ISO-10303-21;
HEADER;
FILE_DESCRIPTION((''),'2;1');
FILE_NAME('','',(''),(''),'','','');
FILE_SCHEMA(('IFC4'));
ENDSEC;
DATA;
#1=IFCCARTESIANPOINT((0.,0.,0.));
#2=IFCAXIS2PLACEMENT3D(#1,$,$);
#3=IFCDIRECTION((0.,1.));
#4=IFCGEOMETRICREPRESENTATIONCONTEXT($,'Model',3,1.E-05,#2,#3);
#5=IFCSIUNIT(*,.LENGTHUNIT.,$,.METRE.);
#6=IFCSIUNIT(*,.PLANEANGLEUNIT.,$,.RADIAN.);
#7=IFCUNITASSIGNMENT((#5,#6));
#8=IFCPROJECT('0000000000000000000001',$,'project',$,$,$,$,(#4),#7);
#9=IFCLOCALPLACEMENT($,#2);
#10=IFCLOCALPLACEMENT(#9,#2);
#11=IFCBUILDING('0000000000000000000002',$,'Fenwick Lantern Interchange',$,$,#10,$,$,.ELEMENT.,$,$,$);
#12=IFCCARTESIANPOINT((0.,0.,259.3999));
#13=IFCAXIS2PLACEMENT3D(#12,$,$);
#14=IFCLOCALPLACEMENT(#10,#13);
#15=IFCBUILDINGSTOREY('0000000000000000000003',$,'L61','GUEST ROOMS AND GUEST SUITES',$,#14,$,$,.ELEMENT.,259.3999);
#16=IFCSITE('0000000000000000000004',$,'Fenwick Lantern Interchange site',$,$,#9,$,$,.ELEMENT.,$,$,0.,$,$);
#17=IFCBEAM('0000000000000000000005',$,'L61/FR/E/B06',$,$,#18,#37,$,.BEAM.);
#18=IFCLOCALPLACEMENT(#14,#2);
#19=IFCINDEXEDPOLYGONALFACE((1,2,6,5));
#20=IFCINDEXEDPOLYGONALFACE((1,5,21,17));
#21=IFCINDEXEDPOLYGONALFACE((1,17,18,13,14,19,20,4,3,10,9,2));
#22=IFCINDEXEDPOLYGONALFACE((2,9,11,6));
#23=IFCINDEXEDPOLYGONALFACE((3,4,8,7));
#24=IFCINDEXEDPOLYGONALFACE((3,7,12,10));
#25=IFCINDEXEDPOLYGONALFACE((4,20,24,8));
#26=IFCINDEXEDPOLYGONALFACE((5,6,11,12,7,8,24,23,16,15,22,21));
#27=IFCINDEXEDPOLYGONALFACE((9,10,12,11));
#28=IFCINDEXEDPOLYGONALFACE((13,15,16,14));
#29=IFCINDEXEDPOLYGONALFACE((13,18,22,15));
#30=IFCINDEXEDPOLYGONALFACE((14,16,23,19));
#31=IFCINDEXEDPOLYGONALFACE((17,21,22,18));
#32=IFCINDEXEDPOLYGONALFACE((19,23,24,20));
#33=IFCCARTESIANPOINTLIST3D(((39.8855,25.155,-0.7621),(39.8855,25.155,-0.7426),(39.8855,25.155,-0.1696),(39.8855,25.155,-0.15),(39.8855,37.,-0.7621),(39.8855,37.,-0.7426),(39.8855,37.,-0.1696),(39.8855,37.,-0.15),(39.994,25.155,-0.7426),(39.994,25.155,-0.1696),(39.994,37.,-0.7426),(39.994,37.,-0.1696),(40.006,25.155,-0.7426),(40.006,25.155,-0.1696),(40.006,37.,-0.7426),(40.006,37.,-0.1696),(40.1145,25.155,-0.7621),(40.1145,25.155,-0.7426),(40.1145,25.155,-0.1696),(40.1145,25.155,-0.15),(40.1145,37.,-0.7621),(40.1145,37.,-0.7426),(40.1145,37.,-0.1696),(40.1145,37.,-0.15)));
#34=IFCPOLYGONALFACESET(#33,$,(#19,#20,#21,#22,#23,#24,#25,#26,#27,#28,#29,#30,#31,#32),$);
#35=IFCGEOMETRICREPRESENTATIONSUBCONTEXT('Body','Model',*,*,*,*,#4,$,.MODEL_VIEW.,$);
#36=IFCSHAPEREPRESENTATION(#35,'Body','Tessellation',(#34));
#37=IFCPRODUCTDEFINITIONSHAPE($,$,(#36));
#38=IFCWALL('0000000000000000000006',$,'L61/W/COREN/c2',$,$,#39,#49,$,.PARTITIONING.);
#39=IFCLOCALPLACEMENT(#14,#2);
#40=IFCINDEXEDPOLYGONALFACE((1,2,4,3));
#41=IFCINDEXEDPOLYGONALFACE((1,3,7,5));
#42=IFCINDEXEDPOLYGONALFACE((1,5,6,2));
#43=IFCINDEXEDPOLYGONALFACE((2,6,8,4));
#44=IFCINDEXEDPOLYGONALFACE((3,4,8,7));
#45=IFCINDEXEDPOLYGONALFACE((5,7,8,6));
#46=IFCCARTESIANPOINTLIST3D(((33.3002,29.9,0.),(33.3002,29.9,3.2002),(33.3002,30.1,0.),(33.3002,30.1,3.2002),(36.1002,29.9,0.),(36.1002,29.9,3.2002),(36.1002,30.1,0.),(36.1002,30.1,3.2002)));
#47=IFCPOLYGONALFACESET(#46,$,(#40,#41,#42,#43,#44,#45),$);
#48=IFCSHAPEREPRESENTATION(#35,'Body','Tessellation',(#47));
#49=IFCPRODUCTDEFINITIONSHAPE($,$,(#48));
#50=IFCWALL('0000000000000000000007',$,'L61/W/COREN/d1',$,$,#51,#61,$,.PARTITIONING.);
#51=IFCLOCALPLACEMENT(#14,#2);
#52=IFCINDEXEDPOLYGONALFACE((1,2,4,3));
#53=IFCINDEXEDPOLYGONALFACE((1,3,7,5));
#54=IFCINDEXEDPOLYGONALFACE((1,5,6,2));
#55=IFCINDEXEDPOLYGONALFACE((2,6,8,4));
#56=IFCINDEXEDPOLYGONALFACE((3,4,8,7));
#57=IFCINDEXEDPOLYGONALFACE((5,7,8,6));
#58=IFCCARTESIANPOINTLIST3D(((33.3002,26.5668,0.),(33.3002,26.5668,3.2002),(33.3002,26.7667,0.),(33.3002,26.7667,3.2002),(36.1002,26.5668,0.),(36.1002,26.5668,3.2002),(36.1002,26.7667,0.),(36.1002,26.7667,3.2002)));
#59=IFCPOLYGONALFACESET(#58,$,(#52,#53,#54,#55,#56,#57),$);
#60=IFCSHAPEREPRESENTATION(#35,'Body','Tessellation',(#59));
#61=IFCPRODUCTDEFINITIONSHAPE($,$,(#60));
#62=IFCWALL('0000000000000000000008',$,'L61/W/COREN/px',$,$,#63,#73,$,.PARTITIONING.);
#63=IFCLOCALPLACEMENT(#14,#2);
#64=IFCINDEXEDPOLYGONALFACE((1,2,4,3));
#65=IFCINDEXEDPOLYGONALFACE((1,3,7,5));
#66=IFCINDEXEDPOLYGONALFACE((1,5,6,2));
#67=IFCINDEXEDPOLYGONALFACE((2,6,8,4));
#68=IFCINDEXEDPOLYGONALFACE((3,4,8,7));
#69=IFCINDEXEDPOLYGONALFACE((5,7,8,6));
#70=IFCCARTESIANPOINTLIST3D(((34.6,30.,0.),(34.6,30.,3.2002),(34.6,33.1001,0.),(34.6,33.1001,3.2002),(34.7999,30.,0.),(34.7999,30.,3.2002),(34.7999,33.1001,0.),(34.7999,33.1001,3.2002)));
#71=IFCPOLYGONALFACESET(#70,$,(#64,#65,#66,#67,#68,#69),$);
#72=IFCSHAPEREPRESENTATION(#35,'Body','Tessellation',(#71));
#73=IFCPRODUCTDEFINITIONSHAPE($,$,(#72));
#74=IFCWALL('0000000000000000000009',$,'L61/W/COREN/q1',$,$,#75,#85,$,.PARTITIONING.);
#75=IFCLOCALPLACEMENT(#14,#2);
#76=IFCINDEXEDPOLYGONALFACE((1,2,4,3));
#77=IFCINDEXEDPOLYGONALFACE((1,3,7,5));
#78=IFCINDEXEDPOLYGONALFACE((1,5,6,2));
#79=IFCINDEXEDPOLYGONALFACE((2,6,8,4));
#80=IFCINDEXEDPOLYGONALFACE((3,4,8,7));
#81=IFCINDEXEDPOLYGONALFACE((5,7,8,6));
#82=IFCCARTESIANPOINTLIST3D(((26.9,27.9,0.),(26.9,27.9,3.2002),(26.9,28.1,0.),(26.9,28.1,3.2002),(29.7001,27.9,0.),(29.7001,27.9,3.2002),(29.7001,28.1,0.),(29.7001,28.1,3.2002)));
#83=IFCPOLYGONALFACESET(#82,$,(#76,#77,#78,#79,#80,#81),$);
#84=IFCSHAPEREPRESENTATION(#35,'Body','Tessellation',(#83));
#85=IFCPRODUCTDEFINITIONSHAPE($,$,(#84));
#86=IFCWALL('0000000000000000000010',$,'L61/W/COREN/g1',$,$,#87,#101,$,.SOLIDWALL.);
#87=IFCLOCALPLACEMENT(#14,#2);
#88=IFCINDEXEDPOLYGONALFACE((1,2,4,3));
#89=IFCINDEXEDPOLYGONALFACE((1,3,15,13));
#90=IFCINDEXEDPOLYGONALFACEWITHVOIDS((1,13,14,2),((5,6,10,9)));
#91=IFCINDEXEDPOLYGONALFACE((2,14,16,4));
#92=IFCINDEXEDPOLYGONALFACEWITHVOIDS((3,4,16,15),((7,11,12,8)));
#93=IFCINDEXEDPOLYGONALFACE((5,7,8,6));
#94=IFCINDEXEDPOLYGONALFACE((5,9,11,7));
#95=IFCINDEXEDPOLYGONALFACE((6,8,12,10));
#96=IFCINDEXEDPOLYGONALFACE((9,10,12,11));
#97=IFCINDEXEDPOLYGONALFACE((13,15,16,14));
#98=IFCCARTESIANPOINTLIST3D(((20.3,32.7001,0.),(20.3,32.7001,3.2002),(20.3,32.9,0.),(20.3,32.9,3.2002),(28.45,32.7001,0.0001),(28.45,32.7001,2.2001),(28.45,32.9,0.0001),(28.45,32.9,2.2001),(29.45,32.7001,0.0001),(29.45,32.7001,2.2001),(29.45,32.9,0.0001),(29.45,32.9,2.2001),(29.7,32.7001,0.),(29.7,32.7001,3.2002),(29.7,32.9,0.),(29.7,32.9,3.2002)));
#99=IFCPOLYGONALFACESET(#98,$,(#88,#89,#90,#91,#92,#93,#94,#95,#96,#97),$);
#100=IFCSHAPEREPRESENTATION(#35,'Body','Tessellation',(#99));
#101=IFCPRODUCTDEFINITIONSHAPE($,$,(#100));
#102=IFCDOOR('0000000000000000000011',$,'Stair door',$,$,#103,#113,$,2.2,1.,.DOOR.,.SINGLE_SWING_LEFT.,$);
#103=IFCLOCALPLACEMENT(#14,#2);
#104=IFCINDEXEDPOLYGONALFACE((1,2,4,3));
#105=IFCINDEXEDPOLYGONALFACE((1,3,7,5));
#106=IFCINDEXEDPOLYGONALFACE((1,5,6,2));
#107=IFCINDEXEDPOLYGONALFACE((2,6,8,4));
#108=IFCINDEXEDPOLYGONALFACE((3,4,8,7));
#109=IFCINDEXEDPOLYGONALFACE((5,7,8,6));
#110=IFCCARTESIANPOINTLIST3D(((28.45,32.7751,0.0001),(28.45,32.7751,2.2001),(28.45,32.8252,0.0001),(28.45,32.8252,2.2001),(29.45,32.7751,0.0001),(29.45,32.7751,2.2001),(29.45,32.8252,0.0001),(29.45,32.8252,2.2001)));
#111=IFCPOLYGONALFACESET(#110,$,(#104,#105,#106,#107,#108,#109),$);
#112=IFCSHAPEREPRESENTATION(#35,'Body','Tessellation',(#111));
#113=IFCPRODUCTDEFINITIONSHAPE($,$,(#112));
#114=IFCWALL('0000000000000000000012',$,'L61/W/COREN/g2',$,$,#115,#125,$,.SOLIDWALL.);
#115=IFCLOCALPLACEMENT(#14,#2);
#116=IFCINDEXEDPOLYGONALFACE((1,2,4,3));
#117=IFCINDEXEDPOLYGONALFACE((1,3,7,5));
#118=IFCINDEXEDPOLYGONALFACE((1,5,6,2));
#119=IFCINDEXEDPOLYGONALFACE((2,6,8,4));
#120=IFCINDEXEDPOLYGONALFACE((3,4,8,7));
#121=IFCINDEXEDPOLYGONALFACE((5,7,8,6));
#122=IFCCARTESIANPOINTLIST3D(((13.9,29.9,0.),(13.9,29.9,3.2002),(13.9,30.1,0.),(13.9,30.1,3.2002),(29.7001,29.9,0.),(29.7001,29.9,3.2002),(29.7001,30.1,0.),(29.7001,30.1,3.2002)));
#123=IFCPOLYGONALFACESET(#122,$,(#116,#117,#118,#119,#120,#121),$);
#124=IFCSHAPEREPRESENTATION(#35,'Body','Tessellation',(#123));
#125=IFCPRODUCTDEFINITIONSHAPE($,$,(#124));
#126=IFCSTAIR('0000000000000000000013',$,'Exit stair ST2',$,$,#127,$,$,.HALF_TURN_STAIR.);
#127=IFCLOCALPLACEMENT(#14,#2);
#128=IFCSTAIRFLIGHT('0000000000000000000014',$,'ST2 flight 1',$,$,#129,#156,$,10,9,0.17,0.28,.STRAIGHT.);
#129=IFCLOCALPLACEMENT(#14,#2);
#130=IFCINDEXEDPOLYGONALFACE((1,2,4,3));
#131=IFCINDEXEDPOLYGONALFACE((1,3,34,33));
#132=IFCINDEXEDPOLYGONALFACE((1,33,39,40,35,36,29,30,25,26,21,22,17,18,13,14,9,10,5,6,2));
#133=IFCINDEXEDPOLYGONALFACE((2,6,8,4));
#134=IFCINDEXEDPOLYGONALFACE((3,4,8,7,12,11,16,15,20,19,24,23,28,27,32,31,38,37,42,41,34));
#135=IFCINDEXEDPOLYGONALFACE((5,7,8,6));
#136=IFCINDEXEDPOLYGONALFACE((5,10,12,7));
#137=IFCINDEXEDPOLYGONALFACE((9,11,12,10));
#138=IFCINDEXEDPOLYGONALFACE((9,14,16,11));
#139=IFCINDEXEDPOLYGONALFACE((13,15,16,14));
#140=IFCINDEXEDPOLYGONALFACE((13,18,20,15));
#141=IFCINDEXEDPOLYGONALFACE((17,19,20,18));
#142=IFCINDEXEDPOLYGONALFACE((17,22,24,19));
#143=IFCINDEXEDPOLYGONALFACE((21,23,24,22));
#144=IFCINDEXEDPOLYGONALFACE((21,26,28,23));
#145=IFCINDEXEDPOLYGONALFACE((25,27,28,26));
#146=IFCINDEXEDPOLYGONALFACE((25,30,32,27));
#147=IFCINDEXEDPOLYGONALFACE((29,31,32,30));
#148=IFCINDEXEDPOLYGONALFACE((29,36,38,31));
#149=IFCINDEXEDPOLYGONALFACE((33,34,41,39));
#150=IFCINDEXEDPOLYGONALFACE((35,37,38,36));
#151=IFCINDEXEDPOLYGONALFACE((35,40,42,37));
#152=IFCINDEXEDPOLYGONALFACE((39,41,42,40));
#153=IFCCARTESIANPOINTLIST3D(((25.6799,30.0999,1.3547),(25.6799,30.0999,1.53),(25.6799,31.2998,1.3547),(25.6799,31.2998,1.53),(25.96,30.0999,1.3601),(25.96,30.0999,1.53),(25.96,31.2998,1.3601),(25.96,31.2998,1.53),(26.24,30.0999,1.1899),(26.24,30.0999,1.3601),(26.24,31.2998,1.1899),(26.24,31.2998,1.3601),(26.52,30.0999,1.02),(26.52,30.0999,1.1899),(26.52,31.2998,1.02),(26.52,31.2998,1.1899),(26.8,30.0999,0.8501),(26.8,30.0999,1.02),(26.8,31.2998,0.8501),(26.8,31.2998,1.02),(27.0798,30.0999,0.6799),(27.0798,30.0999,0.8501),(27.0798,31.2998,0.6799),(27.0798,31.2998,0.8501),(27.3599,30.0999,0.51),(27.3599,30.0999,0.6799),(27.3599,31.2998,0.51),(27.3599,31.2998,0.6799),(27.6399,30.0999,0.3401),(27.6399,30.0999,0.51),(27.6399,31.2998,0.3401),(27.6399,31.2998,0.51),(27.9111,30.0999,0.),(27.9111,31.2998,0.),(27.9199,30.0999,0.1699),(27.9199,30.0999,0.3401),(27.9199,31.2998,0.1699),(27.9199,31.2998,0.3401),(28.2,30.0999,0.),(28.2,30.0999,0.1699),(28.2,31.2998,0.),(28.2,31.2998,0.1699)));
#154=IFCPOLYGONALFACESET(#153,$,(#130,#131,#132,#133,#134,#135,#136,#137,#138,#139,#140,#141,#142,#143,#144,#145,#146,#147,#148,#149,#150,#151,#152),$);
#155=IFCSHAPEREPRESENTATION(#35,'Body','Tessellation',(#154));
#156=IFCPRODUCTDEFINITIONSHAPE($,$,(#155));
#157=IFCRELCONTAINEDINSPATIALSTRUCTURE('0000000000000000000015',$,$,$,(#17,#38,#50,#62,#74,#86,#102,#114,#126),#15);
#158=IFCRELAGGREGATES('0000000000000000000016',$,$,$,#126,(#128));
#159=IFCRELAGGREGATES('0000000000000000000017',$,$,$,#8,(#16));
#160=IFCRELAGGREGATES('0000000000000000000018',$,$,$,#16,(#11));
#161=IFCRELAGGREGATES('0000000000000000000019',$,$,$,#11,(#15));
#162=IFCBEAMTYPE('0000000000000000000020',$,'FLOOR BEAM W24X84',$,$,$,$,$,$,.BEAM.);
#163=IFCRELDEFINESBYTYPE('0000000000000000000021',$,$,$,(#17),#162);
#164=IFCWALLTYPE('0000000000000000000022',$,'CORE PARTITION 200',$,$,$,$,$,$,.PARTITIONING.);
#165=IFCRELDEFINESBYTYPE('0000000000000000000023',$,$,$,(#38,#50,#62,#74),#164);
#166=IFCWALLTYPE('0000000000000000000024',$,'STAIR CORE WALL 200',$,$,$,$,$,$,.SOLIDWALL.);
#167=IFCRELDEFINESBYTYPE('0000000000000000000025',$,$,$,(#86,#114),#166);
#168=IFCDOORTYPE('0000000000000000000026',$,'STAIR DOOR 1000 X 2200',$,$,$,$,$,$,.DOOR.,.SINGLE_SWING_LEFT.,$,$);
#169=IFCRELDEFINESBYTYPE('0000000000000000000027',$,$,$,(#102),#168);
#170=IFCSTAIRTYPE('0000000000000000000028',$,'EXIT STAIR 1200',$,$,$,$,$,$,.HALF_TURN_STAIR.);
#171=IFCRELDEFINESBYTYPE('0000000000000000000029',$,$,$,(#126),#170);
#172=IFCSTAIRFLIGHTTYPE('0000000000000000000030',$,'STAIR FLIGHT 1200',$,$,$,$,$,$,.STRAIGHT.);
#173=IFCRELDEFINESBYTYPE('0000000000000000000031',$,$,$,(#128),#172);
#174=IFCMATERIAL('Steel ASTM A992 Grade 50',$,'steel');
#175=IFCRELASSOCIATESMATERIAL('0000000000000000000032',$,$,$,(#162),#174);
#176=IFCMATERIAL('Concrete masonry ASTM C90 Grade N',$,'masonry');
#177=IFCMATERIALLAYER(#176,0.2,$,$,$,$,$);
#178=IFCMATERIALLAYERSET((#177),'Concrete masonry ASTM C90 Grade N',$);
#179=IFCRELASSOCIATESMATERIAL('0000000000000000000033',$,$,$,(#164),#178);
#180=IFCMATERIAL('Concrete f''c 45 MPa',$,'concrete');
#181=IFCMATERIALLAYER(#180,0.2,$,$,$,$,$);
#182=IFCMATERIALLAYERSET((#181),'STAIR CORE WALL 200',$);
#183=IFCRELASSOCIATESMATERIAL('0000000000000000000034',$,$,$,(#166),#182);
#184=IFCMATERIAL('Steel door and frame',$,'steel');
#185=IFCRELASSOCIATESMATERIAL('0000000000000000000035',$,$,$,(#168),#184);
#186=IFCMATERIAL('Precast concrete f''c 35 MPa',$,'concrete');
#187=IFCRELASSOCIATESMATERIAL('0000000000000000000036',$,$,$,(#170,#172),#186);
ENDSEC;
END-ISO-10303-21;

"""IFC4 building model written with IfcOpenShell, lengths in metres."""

from ifc_helpers import new_model, si_unit, direction, frame, frame_2d, origin, origin_2d, place, context, subcontext, project, spatial, polyline, rectangle, i_section, outline, extrude, material, layer, layer_set, material_profile, profile_set, type_object, element, fill, aggregate, save


model = new_model("IFC4")

# Units and contexts
model_context = context("Model", 3, precision=1e-05, world=origin(), true_north=direction((0.0, 1.0)))
body_context = subcontext(model_context, "Body", "Model", "MODEL_VIEW")
ifc_project = project(units=[si_unit("LENGTHUNIT", "METRE"), si_unit("PLANEANGLEUNIT", "RADIAN")], contexts=[model_context])

# Site, building, storey
site_placement = place(None, origin())
site = spatial("IfcSite", under=ifc_project, at=site_placement, Name="Fenwick Lantern Interchange site", CompositionType="ELEMENT", RefElevation=0.0)
building_placement = place(site_placement, origin())
building = spatial("IfcBuilding", under=site, at=building_placement, Name="Fenwick Lantern Interchange", CompositionType="ELEMENT")
storey_placement = place(building_placement, frame((0.0, 0.0, 259.3999)))
storey = spatial("IfcBuildingStorey", under=building, at=storey_placement, Name="L61", Description="GUEST ROOMS AND GUEST SUITES", CompositionType="ELEMENT", Elevation=259.3999)

# Beam
ifc_material_1 = material(Name="Steel ASTM A992 Grade 50", Category="steel")
ifc_material_profile = material_profile(ifc_material_1, i_section(OverallWidth=0.229, OverallDepth=0.6121, WebThickness=0.012, FlangeThickness=0.0195, at=origin_2d()), Name="W24X84")
ifc_profile_set = profile_set([ifc_material_profile], Name="Steel ASTM A992 Grade 50")
beam_type = type_object("IfcBeamType", Name="FLOOR BEAM W24X84", PredefinedType="BEAM", material=ifc_profile_set)
beam_placement = place(storey_placement, frame((40.0, 25.155, -0.4561), z_axis=(0.0, 1.0, 0.0), x_axis=(-1.0, 0.0, 0.0)))
element("IfcBeam", 1, at=beam_placement, inside=storey, type_object=beam_type, Name="L61/FR/E/B06", PredefinedType="BEAM", context=body_context, shape_type="SweptSolid", body=[
    extrude(i_section(OverallWidth=0.229, OverallDepth=0.6121, WebThickness=0.012, FlangeThickness=0.0195, at=origin_2d()), origin(), (0.0, 0.0, 1.0), 11.845),
])

# Walls
ifc_material_2 = material(Name="Concrete masonry ASTM C90 Grade N", Category="masonry")
ifc_layer_1 = layer(ifc_material_2, 0.2)
ifc_layer_set_1 = layer_set([ifc_layer_1], Name="Concrete masonry ASTM C90 Grade N")
wall_type_1 = type_object("IfcWallType", Name="CORE PARTITION 200", PredefinedType="PARTITIONING", material=ifc_layer_set_1)
for number, where, z_axis, x_axis, name in (
    (2, (36.1001, 30.0, 0.0), (0.0, 0.0, 1.0), (-1.0, 0.0, 0.0), "L61/W/COREN/c2"),
    (3, (36.1001, 26.6667, 0.0), (0.0, 0.0, 1.0), (-1.0, 0.0, 0.0), "L61/W/COREN/d1"),
):
    element("IfcWall", number, at=place(storey_placement, frame(where, z_axis=z_axis, x_axis=x_axis)), inside=storey, type_object=wall_type_1, Name=name, PredefinedType="PARTITIONING", context=body_context, shape_type="SweptSolid", body=[
        extrude(rectangle(XDim=2.8, YDim=0.2, at=frame_2d((1.3999, 0.0))), origin(), (0.0, 0.0, 1.0), 3.2002),
    ])
wall_1_placement = place(storey_placement, frame((34.7, 33.1001, 0.0), z_axis=(0.0, 0.0, 1.0), x_axis=(0.0, -1.0, 0.0)))
element("IfcWall", 4, at=wall_1_placement, inside=storey, type_object=wall_type_1, Name="L61/W/COREN/px", PredefinedType="PARTITIONING", context=body_context, shape_type="SweptSolid", body=[
    extrude(rectangle(XDim=3.1001, YDim=0.2, at=frame_2d((1.55, 0.0))), origin(), (0.0, 0.0, 1.0), 3.2002),
])
wall_2_placement = place(storey_placement, frame((29.7, 28.0, 0.0), z_axis=(0.0, 0.0, 1.0), x_axis=(-1.0, 0.0, 0.0)))
element("IfcWall", 5, at=wall_2_placement, inside=storey, type_object=wall_type_1, Name="L61/W/COREN/q1", PredefinedType="PARTITIONING", context=body_context, shape_type="SweptSolid", body=[
    extrude(rectangle(XDim=2.8, YDim=0.2, at=frame_2d((1.3999, 0.0))), origin(), (0.0, 0.0, 1.0), 3.2002),
])

# Wall, opening, door
ifc_material_3 = material(Name="Concrete f'c 45 MPa", Category="concrete")
ifc_layer_2 = layer(ifc_material_3, 0.2)
ifc_layer_set_2 = layer_set([ifc_layer_2], Name="STAIR CORE WALL 200")
wall_type_2 = type_object("IfcWallType", Name="STAIR CORE WALL 200", PredefinedType="SOLIDWALL", material=ifc_layer_set_2)
wall_3_placement = place(storey_placement, frame((29.7, 32.8, 0.0), z_axis=(0.0, 0.0, 1.0), x_axis=(-1.0, 0.0, 0.0)))
wall_3 = element("IfcWall", 6, at=wall_3_placement, inside=storey, type_object=wall_type_2, Name="L61/W/COREN/g1", PredefinedType="SOLIDWALL", context=body_context, shape_type="SweptSolid", body=[
    extrude(rectangle(XDim=9.3999, YDim=0.2, at=frame_2d((4.7, 0.0))), origin(), (0.0, 0.0, 1.0), 3.2002),
])
opening_placement = place(wall_3_placement, frame((0.25, 0.0, 0.0)))
opening = element("IfcOpeningElement", 7, at=opening_placement, cuts=wall_3, PredefinedType="OPENING", context=body_context, shape_type="SweptSolid", body=[
    extrude(rectangle(XDim=1.0, YDim=2.2, at=frame_2d((0.5, 1.1001))), frame((0.0, 0.1099, 0.0), z_axis=(0.0, -1.0, 0.0), x_axis=(1.0, 0.0, 0.0)), (0.0, 0.0, 1.0), 0.22),
])
ifc_material_4 = material(Name="Steel door and frame", Category="steel")
door_type = type_object("IfcDoorType", Name="STAIR DOOR 1000 X 2200", OperationType="SINGLE_SWING_LEFT", PredefinedType="DOOR", material=ifc_material_4)
door_placement = place(opening_placement, origin())
door = element("IfcDoor", 8, at=door_placement, inside=storey, type_object=door_type, Name="Stair door", OperationType="SINGLE_SWING_LEFT", OverallHeight=2.2, OverallWidth=1.0, PredefinedType="DOOR", context=body_context, shape_type="SweptSolid", body=[
    extrude(rectangle(XDim=1.0, YDim=2.2, at=frame_2d((0.5, 1.1001))), frame((0.0, 0.0249, 0.0), z_axis=(0.0, -1.0, 0.0), x_axis=(1.0, 0.0, 0.0)), (0.0, 0.0, 1.0), 0.05),
])
fill(opening, door)

# Wall
wall_4_placement = place(storey_placement, frame((29.7, 30.0, 0.0), z_axis=(0.0, 0.0, 1.0), x_axis=(-1.0, 0.0, 0.0)))
element("IfcWall", 9, at=wall_4_placement, inside=storey, type_object=wall_type_2, Name="L61/W/COREN/g2", PredefinedType="SOLIDWALL", context=body_context, shape_type="SweptSolid", body=[
    extrude(rectangle(XDim=15.8, YDim=0.2, at=frame_2d((7.8999, 0.0))), origin(), (0.0, 0.0, 1.0), 3.2002),
])

# Stair, stair flight
ifc_material_5 = material(Name="Precast concrete f'c 35 MPa", Category="concrete")
stair_type = type_object("IfcStairType", Name="EXIT STAIR 1200", PredefinedType="HALF_TURN_STAIR", material=ifc_material_5)
stair_placement = place(storey_placement, origin())
stair = element("IfcStair", 10, at=stair_placement, inside=storey, type_object=stair_type, Name="Exit stair ST2", PredefinedType="HALF_TURN_STAIR")
stair_flight_type = type_object("IfcStairFlightType", Name="STAIR FLIGHT 1200", PredefinedType="STRAIGHT", material=ifc_material_5)
stair_flight_placement = place(storey_placement, frame((28.2, 30.7, 0.0), z_axis=(0.0, 0.0, 1.0), x_axis=(-1.0, 0.0, 0.0)))
stair_flight = element("IfcStairFlight", 11, at=stair_flight_placement, type_object=stair_flight_type, Name="ST2 flight 1", NumberOfRisers=10, NumberOfTreads=9, PredefinedType="STRAIGHT", RiserHeight=0.17, TreadLength=0.28, context=body_context, shape_type="SweptSolid", body=[
    extrude(outline(polyline([(0.0, 0.0), (0.0, 0.1699), (0.28, 0.1699), (0.28, 0.3401), (0.5601, 0.3401), (0.5601, 0.51), (0.8401, 0.51), (0.8401, 0.6799), (1.1201, 0.6799), (1.1201, 0.8501), (1.3999, 0.8501), (1.3999, 1.02), (1.6799, 1.02), (1.6799, 1.1899), (1.96, 1.1899), (1.96, 1.3601), (2.24, 1.3601), (2.24, 1.53), (2.52, 1.53), (2.52, 1.7), (2.52, 1.3547), (0.2888, 0.0), (0.0, 0.0)])), frame((0.0, 0.6001, 0.0), z_axis=(0.0, -1.0, 0.0), x_axis=(1.0, 0.0, 0.0)), (0.0, 0.0, 1.0), 1.2),
])
aggregate(stair, [stair_flight])

save(model, "model.ifc")
